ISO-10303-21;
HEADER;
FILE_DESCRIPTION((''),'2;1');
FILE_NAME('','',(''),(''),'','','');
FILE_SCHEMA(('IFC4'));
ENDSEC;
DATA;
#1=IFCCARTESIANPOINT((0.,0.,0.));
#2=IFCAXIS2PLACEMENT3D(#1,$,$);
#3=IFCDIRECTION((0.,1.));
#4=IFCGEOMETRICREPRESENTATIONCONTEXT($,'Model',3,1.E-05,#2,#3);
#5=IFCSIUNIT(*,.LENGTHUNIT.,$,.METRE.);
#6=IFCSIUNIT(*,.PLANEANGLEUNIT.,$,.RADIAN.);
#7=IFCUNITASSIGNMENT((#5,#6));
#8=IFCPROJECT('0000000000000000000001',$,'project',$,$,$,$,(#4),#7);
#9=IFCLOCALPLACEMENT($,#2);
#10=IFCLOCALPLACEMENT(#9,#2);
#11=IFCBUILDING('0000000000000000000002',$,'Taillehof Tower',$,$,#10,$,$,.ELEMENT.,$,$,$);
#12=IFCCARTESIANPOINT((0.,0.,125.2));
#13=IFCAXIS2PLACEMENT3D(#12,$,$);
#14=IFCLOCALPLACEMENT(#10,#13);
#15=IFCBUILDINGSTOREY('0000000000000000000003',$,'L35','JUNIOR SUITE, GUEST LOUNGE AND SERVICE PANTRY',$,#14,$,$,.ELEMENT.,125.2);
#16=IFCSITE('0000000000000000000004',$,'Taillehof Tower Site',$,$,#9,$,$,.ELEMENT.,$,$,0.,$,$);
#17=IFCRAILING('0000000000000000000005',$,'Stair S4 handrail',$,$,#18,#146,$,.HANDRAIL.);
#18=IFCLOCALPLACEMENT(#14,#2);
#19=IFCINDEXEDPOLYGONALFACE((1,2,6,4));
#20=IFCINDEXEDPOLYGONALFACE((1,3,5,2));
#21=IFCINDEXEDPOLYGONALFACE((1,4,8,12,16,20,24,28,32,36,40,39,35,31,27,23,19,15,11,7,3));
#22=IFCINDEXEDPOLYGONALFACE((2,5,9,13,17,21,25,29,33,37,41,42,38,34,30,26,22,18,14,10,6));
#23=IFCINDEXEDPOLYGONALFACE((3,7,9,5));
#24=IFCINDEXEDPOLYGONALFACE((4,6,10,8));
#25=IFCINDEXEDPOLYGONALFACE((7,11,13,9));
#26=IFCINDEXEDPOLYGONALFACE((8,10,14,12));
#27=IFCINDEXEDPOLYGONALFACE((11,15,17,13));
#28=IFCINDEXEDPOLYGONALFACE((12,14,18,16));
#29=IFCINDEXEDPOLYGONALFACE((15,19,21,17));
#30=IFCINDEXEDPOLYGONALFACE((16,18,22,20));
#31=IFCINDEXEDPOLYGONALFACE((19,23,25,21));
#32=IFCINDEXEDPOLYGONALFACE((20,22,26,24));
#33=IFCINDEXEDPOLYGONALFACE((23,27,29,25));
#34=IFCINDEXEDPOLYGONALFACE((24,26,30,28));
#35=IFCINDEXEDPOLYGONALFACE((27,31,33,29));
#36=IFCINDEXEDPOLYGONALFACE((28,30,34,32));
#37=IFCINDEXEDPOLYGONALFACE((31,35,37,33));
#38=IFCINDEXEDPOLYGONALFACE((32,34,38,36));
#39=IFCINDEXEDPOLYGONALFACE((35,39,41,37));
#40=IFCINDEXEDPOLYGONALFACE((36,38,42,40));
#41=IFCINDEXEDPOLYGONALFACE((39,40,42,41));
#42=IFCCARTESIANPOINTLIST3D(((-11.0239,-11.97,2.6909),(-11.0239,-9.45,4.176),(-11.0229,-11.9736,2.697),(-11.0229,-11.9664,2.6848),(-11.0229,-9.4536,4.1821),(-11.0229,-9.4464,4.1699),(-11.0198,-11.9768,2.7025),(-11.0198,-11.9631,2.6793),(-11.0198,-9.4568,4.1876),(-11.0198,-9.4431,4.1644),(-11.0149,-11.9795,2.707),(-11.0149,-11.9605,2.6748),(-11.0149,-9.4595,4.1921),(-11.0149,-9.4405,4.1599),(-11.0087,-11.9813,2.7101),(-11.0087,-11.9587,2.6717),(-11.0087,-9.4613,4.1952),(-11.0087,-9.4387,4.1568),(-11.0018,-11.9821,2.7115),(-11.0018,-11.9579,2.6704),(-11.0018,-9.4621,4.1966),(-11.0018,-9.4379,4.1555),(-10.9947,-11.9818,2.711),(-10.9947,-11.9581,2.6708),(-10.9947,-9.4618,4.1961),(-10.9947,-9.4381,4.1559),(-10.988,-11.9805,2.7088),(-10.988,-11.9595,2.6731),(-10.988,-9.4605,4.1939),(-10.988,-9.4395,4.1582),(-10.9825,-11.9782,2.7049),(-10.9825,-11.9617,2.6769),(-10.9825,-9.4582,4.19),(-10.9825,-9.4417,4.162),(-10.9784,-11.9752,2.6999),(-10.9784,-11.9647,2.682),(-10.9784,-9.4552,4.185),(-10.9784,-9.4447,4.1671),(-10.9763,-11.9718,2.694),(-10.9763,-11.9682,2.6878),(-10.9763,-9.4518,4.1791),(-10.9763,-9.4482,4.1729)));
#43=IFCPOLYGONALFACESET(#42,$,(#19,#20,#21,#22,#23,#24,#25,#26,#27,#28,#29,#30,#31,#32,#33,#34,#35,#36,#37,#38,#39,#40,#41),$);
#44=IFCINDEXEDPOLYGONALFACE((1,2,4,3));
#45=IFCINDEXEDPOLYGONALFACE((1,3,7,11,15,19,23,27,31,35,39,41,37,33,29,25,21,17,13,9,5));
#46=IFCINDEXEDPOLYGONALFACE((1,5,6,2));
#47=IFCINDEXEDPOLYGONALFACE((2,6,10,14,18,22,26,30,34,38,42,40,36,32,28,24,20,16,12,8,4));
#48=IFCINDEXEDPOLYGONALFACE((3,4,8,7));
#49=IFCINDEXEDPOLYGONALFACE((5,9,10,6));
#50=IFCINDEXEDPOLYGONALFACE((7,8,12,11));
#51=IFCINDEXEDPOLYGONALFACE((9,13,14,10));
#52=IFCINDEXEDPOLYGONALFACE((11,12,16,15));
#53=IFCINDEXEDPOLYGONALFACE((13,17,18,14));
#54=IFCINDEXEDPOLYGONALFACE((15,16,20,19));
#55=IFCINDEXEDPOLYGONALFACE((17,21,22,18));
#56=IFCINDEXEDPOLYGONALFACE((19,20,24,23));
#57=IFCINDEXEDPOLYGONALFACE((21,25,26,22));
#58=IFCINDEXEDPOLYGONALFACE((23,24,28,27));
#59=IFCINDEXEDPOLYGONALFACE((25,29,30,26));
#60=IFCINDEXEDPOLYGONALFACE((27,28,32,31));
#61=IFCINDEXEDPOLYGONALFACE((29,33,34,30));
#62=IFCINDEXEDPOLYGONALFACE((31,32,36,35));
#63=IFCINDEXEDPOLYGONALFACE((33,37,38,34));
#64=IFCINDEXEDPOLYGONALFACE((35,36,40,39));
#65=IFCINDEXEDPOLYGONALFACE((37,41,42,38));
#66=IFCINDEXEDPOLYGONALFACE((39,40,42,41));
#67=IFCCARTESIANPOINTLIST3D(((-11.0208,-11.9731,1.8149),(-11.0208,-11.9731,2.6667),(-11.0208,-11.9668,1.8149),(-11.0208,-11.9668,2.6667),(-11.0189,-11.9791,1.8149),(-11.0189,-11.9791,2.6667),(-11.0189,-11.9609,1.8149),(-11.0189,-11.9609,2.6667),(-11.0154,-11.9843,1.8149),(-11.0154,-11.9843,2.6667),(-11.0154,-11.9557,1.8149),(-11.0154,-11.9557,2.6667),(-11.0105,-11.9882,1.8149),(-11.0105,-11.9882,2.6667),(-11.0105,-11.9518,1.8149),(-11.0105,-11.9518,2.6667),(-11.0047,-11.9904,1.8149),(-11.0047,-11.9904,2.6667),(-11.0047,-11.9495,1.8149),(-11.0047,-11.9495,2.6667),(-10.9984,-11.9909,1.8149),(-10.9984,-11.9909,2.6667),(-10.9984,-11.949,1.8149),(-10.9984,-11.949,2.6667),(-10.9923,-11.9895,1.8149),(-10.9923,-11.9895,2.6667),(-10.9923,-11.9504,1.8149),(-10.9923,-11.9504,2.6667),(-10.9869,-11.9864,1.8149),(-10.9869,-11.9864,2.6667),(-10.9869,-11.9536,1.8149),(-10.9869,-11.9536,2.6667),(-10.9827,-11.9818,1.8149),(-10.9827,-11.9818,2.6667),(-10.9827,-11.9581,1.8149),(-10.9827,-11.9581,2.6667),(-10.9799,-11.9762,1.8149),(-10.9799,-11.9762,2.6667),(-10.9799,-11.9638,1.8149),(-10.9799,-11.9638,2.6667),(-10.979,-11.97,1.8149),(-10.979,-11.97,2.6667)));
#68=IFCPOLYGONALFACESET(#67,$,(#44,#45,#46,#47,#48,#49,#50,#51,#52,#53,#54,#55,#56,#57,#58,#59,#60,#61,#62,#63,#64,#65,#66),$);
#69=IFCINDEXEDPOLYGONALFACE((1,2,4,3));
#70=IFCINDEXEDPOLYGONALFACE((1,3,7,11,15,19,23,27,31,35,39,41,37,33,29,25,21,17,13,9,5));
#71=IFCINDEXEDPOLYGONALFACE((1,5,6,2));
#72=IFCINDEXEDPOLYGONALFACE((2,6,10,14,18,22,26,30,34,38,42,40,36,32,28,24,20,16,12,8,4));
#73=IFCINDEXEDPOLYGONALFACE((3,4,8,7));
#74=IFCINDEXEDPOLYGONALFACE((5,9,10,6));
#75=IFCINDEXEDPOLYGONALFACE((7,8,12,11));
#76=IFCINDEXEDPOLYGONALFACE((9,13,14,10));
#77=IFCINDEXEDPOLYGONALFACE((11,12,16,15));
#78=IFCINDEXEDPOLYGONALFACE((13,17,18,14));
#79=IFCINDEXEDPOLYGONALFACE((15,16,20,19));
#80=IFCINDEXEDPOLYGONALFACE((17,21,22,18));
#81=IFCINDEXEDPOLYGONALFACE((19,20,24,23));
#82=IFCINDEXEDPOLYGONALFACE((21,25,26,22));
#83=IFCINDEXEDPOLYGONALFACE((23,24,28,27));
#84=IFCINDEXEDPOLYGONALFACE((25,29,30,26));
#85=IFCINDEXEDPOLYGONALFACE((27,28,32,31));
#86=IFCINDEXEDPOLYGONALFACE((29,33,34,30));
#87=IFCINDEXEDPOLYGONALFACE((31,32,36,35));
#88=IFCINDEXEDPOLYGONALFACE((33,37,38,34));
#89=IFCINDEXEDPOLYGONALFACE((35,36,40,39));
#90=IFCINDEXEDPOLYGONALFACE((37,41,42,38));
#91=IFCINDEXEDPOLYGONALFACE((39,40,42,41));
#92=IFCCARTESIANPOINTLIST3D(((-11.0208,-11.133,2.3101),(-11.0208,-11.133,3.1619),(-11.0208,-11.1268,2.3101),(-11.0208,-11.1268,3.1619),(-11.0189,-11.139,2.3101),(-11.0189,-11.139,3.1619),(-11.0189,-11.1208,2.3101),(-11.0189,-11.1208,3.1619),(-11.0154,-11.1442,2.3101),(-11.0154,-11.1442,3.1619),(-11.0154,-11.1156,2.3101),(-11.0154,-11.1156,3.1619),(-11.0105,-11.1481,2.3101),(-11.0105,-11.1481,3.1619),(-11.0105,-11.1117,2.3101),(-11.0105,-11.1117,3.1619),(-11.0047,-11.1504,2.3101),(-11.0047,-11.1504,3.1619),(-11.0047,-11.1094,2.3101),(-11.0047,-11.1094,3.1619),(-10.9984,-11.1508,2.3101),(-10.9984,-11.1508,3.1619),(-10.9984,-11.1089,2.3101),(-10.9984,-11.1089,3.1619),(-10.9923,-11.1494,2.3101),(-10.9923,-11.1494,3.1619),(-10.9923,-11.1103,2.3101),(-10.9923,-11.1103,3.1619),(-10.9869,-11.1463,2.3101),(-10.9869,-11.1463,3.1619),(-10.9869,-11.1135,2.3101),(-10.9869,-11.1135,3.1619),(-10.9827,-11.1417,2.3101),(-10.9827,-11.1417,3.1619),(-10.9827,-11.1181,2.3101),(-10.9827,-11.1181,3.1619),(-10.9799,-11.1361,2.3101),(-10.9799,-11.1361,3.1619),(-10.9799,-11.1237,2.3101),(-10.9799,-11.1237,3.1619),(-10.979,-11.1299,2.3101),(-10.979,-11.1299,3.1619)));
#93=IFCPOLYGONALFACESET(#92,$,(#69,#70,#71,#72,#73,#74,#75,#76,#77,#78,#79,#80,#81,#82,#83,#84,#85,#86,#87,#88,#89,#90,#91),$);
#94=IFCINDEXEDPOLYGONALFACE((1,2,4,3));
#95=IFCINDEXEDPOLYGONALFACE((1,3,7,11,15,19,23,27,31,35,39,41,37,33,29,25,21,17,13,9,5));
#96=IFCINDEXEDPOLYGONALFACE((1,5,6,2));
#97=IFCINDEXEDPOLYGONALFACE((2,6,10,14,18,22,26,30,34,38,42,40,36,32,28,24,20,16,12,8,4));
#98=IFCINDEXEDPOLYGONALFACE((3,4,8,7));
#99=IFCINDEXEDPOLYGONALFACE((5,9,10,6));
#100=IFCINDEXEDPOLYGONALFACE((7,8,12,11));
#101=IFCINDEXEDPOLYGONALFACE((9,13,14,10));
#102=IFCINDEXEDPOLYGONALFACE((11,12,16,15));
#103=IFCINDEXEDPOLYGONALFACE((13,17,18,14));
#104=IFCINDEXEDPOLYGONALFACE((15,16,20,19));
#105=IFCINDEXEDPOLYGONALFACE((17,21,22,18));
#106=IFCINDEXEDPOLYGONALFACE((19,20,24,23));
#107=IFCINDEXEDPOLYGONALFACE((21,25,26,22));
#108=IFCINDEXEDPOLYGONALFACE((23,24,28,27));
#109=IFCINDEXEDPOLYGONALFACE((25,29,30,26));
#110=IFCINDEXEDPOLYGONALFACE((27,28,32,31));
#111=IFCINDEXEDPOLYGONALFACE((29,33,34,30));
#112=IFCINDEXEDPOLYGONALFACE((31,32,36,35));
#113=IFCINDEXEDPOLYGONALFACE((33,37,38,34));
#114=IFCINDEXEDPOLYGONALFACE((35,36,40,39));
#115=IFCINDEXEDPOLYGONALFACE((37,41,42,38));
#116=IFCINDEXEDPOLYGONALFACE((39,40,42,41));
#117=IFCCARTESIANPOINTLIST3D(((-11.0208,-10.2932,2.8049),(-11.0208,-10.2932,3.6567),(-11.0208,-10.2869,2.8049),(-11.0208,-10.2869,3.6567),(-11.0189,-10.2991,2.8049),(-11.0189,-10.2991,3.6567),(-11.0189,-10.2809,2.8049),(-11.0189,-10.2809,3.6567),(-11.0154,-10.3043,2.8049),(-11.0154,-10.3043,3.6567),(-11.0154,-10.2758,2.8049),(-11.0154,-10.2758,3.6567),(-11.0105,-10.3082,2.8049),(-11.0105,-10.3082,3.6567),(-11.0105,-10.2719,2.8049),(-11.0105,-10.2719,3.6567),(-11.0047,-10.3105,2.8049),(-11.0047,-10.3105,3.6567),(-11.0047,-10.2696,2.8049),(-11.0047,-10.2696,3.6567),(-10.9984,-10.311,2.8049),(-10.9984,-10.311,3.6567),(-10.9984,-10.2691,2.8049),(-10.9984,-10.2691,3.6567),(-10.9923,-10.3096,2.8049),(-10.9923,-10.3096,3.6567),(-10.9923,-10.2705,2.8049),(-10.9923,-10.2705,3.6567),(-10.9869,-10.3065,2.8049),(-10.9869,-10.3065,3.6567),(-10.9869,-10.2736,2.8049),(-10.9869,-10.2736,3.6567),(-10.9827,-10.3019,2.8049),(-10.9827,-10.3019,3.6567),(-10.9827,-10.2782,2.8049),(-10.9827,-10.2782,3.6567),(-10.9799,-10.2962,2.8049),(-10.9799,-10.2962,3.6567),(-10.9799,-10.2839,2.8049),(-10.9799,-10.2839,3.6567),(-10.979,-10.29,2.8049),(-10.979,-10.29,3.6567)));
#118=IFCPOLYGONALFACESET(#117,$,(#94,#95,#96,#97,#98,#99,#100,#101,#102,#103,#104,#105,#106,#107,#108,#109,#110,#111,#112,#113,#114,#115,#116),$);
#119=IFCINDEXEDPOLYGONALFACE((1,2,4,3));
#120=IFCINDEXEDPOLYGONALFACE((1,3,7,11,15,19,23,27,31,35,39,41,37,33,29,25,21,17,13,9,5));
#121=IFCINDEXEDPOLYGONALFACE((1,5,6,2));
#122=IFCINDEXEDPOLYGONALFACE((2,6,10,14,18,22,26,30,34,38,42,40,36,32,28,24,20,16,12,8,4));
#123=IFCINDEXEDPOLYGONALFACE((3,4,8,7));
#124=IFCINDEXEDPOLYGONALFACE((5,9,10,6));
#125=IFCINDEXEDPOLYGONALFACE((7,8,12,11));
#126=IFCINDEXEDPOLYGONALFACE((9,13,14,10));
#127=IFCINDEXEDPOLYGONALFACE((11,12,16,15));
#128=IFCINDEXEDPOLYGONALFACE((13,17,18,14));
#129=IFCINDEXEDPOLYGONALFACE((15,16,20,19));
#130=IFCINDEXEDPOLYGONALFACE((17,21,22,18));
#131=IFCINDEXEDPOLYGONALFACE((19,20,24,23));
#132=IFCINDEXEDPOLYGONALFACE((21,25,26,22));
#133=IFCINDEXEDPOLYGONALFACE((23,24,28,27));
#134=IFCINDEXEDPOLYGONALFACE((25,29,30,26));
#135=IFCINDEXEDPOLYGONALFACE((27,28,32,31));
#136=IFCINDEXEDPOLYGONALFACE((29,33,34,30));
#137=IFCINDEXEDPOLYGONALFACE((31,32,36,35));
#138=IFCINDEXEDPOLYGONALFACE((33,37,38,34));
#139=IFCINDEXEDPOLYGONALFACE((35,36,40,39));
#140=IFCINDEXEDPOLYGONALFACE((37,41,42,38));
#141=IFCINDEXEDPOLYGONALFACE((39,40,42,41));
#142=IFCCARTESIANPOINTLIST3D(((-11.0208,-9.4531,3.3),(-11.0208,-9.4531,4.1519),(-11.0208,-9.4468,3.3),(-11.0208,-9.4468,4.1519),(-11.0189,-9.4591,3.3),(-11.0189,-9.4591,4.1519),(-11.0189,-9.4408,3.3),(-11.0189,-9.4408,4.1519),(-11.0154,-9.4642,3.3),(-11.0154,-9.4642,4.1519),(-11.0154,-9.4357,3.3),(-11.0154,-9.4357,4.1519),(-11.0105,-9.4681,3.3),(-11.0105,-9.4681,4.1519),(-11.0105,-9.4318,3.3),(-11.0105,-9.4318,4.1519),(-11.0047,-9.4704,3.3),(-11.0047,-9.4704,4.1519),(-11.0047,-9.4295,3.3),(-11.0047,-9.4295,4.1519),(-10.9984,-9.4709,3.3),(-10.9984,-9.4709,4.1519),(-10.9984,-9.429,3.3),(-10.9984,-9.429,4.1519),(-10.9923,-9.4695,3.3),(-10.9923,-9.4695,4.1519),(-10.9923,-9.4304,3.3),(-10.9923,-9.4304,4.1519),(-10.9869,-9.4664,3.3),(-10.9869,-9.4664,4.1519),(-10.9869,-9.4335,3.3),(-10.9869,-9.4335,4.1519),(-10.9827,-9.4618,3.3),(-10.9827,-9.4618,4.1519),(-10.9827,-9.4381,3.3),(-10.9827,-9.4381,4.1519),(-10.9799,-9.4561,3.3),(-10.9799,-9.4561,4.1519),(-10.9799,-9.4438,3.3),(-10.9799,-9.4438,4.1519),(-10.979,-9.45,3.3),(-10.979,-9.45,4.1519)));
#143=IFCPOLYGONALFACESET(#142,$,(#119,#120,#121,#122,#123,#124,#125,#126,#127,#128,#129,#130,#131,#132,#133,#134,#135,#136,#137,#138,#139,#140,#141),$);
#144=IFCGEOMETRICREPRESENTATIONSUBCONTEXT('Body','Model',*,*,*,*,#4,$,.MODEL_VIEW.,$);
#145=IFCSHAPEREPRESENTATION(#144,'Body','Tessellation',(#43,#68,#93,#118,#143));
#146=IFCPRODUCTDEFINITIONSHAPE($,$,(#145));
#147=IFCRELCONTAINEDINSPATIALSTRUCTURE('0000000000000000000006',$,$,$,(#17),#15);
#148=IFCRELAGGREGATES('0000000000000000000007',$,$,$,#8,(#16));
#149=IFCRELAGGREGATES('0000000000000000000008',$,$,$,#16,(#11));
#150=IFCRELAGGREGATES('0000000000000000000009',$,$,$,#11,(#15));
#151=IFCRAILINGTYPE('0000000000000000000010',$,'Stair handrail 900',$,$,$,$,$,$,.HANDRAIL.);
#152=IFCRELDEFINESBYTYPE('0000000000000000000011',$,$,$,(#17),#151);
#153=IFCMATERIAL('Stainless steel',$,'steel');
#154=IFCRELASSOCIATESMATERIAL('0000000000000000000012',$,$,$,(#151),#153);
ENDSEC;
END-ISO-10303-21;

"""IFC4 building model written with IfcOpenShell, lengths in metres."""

from ifc_helpers import new_model, si_unit, direction, frame, origin, origin_2d, place, context, subcontext, project, spatial, circle, extrude, material, type_object, element, save


model = new_model("IFC4")

# Units and contexts
model_context = context("Model", 3, precision=1e-05, world=origin(), true_north=direction((0.0, 1.0)))
body_context = subcontext(model_context, "Body", "Model", "MODEL_VIEW")
ifc_project = project(units=[si_unit("LENGTHUNIT", "METRE"), si_unit("PLANEANGLEUNIT", "RADIAN")], contexts=[model_context])

# Site, building, storey
site_placement = place(None, origin())
site = spatial("IfcSite", under=ifc_project, at=site_placement, Name="Taillehof Tower Site", CompositionType="ELEMENT", RefElevation=0.0)
building_placement = place(site_placement, origin())
building = spatial("IfcBuilding", under=site, at=building_placement, Name="Taillehof Tower", CompositionType="ELEMENT")
storey_placement = place(building_placement, frame((0.0, 0.0, 125.2)))
storey = spatial("IfcBuildingStorey", under=building, at=storey_placement, Name="L35", Description="JUNIOR SUITE, GUEST LOUNGE AND SERVICE PANTRY", CompositionType="ELEMENT", Elevation=125.2)

# Railing
ifc_material_1 = material(Name="Stainless steel", Category="steel")
railing_type = type_object("IfcRailingType", Name="Stair handrail 900", PredefinedType="HANDRAIL", material=ifc_material_1)
railing_placement = place(storey_placement, frame((-11.0, -11.97, 1.8149)))
element("IfcRailing", 1, at=railing_placement, inside=storey, type_object=railing_type, Name="Stair S4 handrail", PredefinedType="HANDRAIL", context=body_context, shape_type="SweptSolid", body=[
    extrude(circle(Radius=0.0239, at=origin_2d()), frame((0.0, 0.0, 0.876), z_axis=(0.0, 0.861524, 0.507717), x_axis=(-1.0, 0.0, 0.0)), (0.0, 0.0, 1.0), 2.925),
    extrude(circle(Radius=0.021, at=origin_2d()), origin(), (0.0, 0.0, 1.0), 0.8518),
    extrude(circle(Radius=0.021, at=origin_2d()), frame((0.0, 0.8401, 0.4951)), (0.0, 0.0, 1.0), 0.8518),
    extrude(circle(Radius=0.021, at=origin_2d()), frame((0.0, 1.6799, 0.99)), (0.0, 0.0, 1.0), 0.8518),
    extrude(circle(Radius=0.021, at=origin_2d()), frame((0.0, 2.52, 1.4851)), (0.0, 0.0, 1.0), 0.8518),
])

save(model, "model.ifc")
